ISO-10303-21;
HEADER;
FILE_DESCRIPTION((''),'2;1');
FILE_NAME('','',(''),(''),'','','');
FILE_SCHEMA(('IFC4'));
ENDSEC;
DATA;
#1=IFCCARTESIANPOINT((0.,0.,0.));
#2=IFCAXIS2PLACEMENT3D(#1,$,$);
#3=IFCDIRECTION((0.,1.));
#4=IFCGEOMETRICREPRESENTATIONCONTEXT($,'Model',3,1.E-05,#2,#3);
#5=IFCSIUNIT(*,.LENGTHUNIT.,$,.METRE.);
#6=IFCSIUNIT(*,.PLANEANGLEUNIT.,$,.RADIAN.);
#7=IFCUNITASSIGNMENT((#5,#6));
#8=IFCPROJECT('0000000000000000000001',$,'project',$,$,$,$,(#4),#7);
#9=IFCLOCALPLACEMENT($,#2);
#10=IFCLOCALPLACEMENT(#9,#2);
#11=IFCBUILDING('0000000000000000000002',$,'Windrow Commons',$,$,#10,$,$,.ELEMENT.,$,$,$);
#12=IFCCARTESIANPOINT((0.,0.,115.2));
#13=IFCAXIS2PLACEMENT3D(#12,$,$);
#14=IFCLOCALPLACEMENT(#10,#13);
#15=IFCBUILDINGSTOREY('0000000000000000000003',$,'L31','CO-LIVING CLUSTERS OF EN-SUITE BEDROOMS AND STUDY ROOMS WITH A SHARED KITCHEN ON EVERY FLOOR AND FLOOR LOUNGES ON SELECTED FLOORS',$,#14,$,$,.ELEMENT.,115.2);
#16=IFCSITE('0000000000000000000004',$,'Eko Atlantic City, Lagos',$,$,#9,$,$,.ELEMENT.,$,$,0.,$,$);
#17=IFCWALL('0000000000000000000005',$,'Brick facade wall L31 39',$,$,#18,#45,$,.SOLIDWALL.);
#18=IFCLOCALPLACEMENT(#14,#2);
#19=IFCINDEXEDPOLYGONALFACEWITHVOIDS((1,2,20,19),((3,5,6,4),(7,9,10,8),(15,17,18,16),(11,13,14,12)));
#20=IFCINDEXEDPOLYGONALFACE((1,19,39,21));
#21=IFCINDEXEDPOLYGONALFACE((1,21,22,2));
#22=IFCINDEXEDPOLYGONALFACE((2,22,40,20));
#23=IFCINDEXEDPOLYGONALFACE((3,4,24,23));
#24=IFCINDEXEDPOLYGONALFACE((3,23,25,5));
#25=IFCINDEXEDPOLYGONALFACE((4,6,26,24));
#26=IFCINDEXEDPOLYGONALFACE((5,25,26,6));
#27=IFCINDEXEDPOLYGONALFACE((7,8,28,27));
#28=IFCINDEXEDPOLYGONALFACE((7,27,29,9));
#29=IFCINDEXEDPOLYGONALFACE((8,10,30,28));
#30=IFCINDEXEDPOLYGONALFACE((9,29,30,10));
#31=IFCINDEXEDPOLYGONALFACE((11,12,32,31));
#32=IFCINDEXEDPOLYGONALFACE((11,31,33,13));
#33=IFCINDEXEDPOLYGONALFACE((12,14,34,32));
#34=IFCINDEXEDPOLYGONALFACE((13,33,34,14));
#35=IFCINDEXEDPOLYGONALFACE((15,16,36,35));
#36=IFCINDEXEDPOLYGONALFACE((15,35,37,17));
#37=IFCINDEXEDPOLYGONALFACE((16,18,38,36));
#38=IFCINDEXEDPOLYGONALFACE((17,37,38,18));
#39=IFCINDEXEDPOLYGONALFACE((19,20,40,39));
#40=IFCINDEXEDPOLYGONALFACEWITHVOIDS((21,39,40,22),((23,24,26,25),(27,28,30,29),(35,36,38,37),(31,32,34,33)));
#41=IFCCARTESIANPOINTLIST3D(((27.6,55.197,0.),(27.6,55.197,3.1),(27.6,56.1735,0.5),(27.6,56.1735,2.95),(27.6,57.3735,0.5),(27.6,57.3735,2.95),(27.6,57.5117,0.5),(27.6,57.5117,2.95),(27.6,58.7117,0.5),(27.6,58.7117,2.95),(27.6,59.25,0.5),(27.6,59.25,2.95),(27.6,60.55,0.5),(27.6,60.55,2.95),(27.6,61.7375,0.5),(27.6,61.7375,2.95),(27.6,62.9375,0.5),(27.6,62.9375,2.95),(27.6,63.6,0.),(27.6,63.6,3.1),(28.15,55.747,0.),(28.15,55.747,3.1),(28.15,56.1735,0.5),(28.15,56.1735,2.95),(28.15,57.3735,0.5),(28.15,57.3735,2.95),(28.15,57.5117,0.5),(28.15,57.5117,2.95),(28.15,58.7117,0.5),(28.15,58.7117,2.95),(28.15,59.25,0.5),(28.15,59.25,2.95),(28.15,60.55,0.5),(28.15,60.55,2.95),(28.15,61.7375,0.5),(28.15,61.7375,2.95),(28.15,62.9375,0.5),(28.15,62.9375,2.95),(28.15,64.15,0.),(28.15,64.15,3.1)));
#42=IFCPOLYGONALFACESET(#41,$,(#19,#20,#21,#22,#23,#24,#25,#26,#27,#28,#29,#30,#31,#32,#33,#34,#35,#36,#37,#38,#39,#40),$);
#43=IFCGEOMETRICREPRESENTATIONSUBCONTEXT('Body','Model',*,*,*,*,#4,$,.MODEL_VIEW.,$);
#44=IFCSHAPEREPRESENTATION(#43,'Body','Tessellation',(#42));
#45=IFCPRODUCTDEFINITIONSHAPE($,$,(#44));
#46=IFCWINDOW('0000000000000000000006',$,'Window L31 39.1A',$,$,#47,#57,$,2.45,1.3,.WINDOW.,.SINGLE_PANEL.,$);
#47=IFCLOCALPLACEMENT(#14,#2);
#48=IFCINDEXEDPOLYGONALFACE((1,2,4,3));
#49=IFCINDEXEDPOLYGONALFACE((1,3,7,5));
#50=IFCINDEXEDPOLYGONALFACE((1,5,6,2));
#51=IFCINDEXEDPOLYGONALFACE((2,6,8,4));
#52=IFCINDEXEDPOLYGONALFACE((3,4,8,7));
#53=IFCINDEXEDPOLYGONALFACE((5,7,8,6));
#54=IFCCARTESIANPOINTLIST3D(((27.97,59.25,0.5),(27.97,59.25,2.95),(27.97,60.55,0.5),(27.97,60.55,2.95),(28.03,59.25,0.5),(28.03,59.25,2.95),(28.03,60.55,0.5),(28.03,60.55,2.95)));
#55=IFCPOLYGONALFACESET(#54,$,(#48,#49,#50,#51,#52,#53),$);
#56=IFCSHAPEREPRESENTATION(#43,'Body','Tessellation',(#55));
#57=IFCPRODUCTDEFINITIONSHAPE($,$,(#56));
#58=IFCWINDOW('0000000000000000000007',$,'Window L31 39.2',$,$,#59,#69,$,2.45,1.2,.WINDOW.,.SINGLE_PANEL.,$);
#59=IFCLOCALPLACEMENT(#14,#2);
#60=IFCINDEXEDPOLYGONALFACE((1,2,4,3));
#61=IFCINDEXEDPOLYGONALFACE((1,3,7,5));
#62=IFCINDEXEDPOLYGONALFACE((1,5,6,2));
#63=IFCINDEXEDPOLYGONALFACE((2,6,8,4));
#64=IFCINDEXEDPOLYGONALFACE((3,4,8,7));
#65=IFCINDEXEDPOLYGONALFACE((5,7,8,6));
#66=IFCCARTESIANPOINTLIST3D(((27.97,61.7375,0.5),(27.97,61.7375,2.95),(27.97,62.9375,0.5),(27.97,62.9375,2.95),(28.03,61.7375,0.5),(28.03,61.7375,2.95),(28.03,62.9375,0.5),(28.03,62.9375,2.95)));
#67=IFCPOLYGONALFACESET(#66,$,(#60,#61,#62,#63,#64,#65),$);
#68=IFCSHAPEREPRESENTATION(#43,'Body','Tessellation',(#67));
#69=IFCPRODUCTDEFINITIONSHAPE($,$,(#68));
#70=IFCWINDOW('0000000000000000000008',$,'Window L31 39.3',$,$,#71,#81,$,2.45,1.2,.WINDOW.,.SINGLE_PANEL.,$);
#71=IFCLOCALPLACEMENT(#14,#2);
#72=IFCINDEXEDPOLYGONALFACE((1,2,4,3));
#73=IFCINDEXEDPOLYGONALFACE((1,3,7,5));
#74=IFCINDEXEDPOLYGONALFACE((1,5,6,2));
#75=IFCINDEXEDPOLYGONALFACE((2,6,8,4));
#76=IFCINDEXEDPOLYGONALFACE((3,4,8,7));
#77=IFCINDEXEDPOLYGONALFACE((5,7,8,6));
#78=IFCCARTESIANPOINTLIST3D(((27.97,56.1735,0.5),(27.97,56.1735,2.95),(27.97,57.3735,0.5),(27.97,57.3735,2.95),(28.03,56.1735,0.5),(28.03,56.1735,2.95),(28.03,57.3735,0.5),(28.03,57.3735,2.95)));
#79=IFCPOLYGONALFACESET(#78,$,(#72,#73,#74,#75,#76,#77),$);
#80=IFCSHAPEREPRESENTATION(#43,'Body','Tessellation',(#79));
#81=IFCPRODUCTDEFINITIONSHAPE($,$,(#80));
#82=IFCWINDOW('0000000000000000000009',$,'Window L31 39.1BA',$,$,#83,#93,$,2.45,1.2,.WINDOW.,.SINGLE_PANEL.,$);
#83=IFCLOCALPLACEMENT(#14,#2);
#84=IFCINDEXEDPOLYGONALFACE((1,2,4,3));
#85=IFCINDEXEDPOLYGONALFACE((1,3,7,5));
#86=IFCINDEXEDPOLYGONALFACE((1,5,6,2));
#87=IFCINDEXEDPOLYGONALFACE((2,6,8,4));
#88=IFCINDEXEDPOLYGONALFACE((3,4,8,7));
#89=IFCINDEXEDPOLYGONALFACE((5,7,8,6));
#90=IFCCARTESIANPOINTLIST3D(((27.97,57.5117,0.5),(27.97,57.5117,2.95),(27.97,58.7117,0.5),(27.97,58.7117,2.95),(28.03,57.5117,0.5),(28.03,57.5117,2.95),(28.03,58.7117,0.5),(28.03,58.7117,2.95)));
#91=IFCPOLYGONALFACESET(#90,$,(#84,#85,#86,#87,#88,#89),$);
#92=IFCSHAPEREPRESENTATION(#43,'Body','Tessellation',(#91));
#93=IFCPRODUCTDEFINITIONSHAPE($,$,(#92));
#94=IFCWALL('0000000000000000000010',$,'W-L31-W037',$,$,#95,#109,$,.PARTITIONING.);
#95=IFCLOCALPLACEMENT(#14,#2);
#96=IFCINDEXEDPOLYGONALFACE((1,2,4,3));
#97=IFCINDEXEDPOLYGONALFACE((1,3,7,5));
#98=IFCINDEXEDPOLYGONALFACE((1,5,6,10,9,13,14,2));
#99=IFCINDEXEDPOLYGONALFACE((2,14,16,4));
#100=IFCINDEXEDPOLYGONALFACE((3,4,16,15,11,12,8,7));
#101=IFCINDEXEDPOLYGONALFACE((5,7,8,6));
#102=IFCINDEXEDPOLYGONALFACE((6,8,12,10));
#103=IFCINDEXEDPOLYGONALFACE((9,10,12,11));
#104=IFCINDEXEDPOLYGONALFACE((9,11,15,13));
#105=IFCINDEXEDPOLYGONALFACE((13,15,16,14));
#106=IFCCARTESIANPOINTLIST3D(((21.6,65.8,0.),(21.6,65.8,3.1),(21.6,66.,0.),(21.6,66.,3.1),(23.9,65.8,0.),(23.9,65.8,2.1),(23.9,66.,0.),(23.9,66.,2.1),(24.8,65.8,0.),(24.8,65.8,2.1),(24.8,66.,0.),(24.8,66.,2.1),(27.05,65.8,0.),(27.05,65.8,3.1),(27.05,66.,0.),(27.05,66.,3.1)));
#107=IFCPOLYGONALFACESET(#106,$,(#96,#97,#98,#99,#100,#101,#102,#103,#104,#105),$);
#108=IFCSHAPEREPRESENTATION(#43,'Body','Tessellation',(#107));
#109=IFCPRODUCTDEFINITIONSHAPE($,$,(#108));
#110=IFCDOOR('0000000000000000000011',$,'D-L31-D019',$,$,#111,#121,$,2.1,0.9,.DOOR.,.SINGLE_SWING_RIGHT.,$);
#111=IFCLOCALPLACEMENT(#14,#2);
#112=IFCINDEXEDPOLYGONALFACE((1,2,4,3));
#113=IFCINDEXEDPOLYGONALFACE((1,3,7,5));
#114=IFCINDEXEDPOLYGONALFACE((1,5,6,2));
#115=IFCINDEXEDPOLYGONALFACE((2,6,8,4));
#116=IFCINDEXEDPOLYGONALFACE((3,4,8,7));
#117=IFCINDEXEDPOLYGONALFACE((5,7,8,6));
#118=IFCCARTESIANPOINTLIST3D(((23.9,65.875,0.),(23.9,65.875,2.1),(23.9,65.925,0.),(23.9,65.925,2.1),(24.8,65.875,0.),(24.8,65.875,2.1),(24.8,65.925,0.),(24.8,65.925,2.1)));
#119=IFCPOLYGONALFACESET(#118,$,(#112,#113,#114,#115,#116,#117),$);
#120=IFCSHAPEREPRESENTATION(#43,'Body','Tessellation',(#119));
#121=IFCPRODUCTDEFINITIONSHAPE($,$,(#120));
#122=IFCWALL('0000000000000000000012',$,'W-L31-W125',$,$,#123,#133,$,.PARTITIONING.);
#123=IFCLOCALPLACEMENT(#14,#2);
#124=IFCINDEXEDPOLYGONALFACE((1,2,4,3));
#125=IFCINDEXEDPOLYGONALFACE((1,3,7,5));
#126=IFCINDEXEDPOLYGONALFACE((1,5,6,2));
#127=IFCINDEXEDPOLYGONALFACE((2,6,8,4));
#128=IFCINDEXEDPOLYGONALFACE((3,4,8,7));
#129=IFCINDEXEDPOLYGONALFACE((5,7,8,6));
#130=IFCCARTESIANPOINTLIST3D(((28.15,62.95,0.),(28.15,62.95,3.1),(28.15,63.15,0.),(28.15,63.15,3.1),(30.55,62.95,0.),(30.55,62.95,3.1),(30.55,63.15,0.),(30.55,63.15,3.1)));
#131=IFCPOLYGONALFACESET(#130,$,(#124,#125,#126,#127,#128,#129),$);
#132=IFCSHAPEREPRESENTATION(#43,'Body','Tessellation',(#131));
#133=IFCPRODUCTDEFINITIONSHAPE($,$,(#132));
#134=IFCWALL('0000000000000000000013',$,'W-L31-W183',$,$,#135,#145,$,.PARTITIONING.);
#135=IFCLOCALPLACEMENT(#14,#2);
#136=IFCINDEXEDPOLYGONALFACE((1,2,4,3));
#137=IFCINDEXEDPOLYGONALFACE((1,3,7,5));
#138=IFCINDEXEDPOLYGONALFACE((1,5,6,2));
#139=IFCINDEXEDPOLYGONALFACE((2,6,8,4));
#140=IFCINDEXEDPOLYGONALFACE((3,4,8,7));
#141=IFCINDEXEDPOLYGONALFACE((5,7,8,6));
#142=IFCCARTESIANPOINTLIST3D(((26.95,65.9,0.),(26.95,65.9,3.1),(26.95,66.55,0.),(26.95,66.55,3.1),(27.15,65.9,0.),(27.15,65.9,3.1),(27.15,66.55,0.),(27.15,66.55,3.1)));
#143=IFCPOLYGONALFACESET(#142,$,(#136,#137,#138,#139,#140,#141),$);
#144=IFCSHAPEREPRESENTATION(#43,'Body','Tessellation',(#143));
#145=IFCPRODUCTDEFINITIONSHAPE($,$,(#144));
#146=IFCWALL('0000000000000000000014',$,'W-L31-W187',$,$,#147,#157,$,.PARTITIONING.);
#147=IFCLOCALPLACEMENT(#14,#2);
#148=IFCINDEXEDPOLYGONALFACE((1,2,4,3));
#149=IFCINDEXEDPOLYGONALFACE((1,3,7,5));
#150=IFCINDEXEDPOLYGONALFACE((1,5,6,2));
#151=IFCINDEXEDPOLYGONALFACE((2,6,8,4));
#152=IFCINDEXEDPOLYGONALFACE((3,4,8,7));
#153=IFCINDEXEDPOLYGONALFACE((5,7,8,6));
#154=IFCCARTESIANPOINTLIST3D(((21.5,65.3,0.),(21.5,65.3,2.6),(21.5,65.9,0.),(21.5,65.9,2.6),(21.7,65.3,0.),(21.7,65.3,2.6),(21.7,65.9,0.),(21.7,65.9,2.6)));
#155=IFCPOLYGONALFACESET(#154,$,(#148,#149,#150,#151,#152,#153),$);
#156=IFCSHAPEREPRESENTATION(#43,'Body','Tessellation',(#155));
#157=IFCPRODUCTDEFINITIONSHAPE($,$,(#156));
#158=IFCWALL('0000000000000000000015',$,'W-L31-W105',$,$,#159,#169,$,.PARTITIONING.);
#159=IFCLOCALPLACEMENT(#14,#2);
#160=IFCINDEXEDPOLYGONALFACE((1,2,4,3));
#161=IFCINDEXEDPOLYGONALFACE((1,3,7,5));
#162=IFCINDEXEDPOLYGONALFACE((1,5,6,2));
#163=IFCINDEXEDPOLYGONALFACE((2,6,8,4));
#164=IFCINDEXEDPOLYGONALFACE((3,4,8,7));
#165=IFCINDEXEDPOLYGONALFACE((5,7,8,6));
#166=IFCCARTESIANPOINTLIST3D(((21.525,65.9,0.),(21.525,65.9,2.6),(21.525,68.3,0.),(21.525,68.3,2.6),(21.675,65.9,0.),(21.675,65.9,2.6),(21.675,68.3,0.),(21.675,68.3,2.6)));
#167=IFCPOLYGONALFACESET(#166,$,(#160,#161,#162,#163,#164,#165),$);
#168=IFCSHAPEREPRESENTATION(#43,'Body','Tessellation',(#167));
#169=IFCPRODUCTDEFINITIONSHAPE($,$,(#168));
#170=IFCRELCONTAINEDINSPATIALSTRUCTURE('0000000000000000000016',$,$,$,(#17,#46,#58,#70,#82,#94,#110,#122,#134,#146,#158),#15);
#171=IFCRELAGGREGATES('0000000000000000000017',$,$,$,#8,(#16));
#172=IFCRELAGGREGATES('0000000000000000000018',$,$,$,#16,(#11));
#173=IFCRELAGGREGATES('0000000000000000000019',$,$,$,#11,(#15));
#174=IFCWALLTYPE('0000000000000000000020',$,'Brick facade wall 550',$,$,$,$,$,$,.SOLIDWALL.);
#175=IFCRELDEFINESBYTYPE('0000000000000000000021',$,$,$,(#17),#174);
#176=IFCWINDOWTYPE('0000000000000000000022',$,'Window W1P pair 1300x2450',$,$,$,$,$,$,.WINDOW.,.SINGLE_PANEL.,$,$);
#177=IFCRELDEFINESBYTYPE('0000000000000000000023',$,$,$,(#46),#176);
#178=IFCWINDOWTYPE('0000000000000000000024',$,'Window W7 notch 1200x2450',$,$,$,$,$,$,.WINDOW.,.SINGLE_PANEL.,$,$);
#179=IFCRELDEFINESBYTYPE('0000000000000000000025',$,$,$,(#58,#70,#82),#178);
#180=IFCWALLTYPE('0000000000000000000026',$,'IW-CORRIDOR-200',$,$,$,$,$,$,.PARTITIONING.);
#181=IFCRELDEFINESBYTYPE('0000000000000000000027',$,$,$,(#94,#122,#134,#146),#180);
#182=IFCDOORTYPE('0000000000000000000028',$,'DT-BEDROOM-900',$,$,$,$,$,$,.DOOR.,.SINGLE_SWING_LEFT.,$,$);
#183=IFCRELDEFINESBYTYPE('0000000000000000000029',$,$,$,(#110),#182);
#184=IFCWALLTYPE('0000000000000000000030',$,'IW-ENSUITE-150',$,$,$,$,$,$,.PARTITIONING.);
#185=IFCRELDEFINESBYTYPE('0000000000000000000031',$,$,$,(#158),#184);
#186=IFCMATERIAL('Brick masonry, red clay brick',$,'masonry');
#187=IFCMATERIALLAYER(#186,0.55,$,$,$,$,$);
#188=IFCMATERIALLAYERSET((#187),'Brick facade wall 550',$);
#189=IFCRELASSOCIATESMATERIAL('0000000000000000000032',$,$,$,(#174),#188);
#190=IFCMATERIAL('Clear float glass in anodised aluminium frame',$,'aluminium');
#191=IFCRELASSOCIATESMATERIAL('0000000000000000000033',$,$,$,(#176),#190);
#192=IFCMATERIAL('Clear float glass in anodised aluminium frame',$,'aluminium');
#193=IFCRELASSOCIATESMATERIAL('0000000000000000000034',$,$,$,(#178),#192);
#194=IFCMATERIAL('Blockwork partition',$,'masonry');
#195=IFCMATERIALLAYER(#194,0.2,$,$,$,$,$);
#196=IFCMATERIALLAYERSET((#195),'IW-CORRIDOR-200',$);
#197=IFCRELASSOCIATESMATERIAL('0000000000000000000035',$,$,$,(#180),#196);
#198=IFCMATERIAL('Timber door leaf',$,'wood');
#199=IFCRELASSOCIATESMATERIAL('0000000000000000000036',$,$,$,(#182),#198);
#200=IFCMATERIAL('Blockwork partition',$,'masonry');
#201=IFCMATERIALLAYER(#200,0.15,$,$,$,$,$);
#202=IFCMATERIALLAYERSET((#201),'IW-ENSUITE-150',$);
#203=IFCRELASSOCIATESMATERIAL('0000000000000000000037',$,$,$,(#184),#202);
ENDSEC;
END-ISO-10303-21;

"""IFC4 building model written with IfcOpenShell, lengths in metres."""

from ifc_helpers import new_model, si_unit, direction, frame, frame_2d, origin, place, context, subcontext, project, spatial, polyline, rectangle, outline, extrude, material, layer, layer_set, type_object, element, fill, save


model = new_model("IFC4")

# Units and contexts
model_context = context("Model", 3, precision=1e-05, world=origin(), true_north=direction((0.0, 1.0)))
body_context = subcontext(model_context, "Body", "Model", "MODEL_VIEW")
ifc_project = project(units=[si_unit("LENGTHUNIT", "METRE"), si_unit("PLANEANGLEUNIT", "RADIAN")], contexts=[model_context])

# Site, building, storey
site_placement = place(None, origin())
site = spatial("IfcSite", under=ifc_project, at=site_placement, Name="Eko Atlantic City, Lagos", CompositionType="ELEMENT", RefElevation=0.0)
building_placement = place(site_placement, origin())
building = spatial("IfcBuilding", under=site, at=building_placement, Name="Windrow Commons", CompositionType="ELEMENT")
storey_placement = place(building_placement, frame((0.0, 0.0, 115.2)))
storey = spatial("IfcBuildingStorey", under=building, at=storey_placement, Name="L31", Description="CO-LIVING CLUSTERS OF EN-SUITE BEDROOMS AND STUDY ROOMS WITH A SHARED KITCHEN ON EVERY FLOOR AND FLOOR LOUNGES ON SELECTED FLOORS", CompositionType="ELEMENT", Elevation=115.2)

# Wall, openings, windows
ifc_material_1 = material(Name="Brick masonry, red clay brick", Category="masonry")
ifc_layer_1 = layer(ifc_material_1, 0.55)
ifc_layer_set_1 = layer_set([ifc_layer_1], Name="Brick facade wall 550")
wall_type_1 = type_object("IfcWallType", Name="Brick facade wall 550", PredefinedType="SOLIDWALL", material=ifc_layer_set_1)
ifc_material_2 = material(Name="Clear float glass in anodised aluminium frame", Category="aluminium")
window_type_1 = type_object("IfcWindowType", Name="Window W1P pair 1300x2450", PartitioningType="SINGLE_PANEL", PredefinedType="WINDOW", material=ifc_material_2)
ifc_material_3 = material(Name="Clear float glass in anodised aluminium frame", Category="aluminium")
window_type_2 = type_object("IfcWindowType", Name="Window W7 notch 1200x2450", PartitioningType="SINGLE_PANEL", PredefinedType="WINDOW", material=ifc_material_3)
wall_1_placement = place(storey_placement, frame((27.875, 63.875, 0.0), z_axis=(0.0, 0.0, 1.0), x_axis=(0.0, -1.0, 0.0)))
wall_1 = element("IfcWall", 1, at=wall_1_placement, inside=storey, type_object=wall_type_1, Name="Brick facade wall L31 39", PredefinedType="SOLIDWALL", context=body_context, shape_type="SweptSolid", body=[
    extrude(outline(polyline([(0.275, -0.275), (8.678, -0.275), (8.128, 0.275), (-0.275, 0.275), (0.275, -0.275)])), origin(), (0.0, 0.0, 1.0), 3.1),
])
opening_1_placement = place(wall_1_placement, frame((3.325, 0.0, 0.5)))
opening_1 = element("IfcOpeningElement", 2, at=opening_1_placement, cuts=wall_1, PredefinedType="OPENING", context=body_context, shape_type="SweptSolid", body=[
    extrude(rectangle(XDim=1.3, YDim=2.45, at=frame_2d((0.65, 1.225))), frame((0.0, 0.285, 0.0), z_axis=(0.0, -1.0, 0.0), x_axis=(1.0, 0.0, 0.0)), (0.0, 0.0, 1.0), 0.57),
])
opening_2_placement = place(wall_1_placement, frame((0.9375, 0.0, 0.5)))
opening_2 = element("IfcOpeningElement", 3, at=opening_2_placement, cuts=wall_1, PredefinedType="OPENING", context=body_context, shape_type="SweptSolid", body=[
    extrude(rectangle(XDim=1.2, YDim=2.45, at=frame_2d((0.6, 1.225))), frame((0.0, 0.285, 0.0), z_axis=(0.0, -1.0, 0.0), x_axis=(1.0, 0.0, 0.0)), (0.0, 0.0, 1.0), 0.57),
])
opening_3_placement = place(wall_1_placement, frame((6.5015, 0.0, 0.5)))
opening_3 = element("IfcOpeningElement", 4, at=opening_3_placement, cuts=wall_1, PredefinedType="OPENING", context=body_context, shape_type="SweptSolid", body=[
    extrude(rectangle(XDim=1.2, YDim=2.45, at=frame_2d((0.6, 1.225))), frame((0.0, 0.285, 0.0), z_axis=(0.0, -1.0, 0.0), x_axis=(1.0, 0.0, 0.0)), (0.0, 0.0, 1.0), 0.57),
])
opening_4_placement = place(wall_1_placement, frame((5.1633, 0.0, 0.5)))
opening_4 = element("IfcOpeningElement", 5, at=opening_4_placement, cuts=wall_1, PredefinedType="OPENING", context=body_context, shape_type="SweptSolid", body=[
    extrude(rectangle(XDim=1.2, YDim=2.45, at=frame_2d((0.6, 1.225))), frame((0.0, 0.285, 0.0), z_axis=(0.0, -1.0, 0.0), x_axis=(1.0, 0.0, 0.0)), (0.0, 0.0, 1.0), 0.57),
])
window_1_placement = place(opening_1_placement, origin())
window_1 = element("IfcWindow", 6, at=window_1_placement, inside=storey, type_object=window_type_1, Name="Window L31 39.1A", OverallHeight=2.45, OverallWidth=1.3, PartitioningType="SINGLE_PANEL", PredefinedType="WINDOW", context=body_context, shape_type="SweptSolid", body=[
    extrude(rectangle(XDim=1.3, YDim=2.45, at=frame_2d((0.65, 1.225))), frame((0.0, 0.155, 0.0), z_axis=(0.0, -1.0, 0.0), x_axis=(1.0, 0.0, 0.0)), (0.0, 0.0, 1.0), 0.06),
])
fill(opening_1, window_1)
window_2_placement = place(opening_2_placement, origin())
window_2 = element("IfcWindow", 7, at=window_2_placement, inside=storey, type_object=window_type_2, Name="Window L31 39.2", OverallHeight=2.45, OverallWidth=1.2, PartitioningType="SINGLE_PANEL", PredefinedType="WINDOW", context=body_context, shape_type="SweptSolid", body=[
    extrude(rectangle(XDim=1.2, YDim=2.45, at=frame_2d((0.6, 1.225))), frame((0.0, 0.155, 0.0), z_axis=(0.0, -1.0, 0.0), x_axis=(1.0, 0.0, 0.0)), (0.0, 0.0, 1.0), 0.06),
])
fill(opening_2, window_2)
window_3_placement = place(opening_3_placement, origin())
window_3 = element("IfcWindow", 8, at=window_3_placement, inside=storey, type_object=window_type_2, Name="Window L31 39.3", OverallHeight=2.45, OverallWidth=1.2, PartitioningType="SINGLE_PANEL", PredefinedType="WINDOW", context=body_context, shape_type="SweptSolid", body=[
    extrude(rectangle(XDim=1.2, YDim=2.45, at=frame_2d((0.6, 1.225))), frame((0.0, 0.155, 0.0), z_axis=(0.0, -1.0, 0.0), x_axis=(1.0, 0.0, 0.0)), (0.0, 0.0, 1.0), 0.06),
])
fill(opening_3, window_3)
window_4_placement = place(opening_4_placement, origin())
window_4 = element("IfcWindow", 9, at=window_4_placement, inside=storey, type_object=window_type_2, Name="Window L31 39.1BA", OverallHeight=2.45, OverallWidth=1.2, PartitioningType="SINGLE_PANEL", PredefinedType="WINDOW", context=body_context, shape_type="SweptSolid", body=[
    extrude(rectangle(XDim=1.2, YDim=2.45, at=frame_2d((0.6, 1.225))), frame((0.0, 0.155, 0.0), z_axis=(0.0, -1.0, 0.0), x_axis=(1.0, 0.0, 0.0)), (0.0, 0.0, 1.0), 0.06),
])
fill(opening_4, window_4)

# Wall, opening, door
ifc_material_4 = material(Name="Blockwork partition", Category="masonry")
ifc_layer_2 = layer(ifc_material_4, 0.2)
ifc_layer_set_2 = layer_set([ifc_layer_2], Name="IW-CORRIDOR-200")
wall_type_2 = type_object("IfcWallType", Name="IW-CORRIDOR-200", PredefinedType="PARTITIONING", material=ifc_layer_set_2)
wall_2_placement = place(storey_placement, frame((21.6, 65.9, 0.0), z_axis=(0.0, 0.0, 1.0), x_axis=(1.0, 0.0, 0.0)))
wall_2 = element("IfcWall", 10, at=wall_2_placement, inside=storey, type_object=wall_type_2, Name="W-L31-W037", PredefinedType="PARTITIONING", context=body_context, shape_type="SweptSolid", body=[
    extrude(rectangle(XDim=5.45, YDim=0.2, at=frame_2d((2.725, 0.0))), origin(), (0.0, 0.0, 1.0), 3.1),
])
opening_5_placement = place(wall_2_placement, frame((2.3, 0.0, 0.0)))
opening_5 = element("IfcOpeningElement", 11, at=opening_5_placement, cuts=wall_2, PredefinedType="OPENING", context=body_context, shape_type="SweptSolid", body=[
    extrude(rectangle(XDim=0.9, YDim=2.1, at=frame_2d((0.45, 1.05))), frame((0.0, 0.11, 0.0), z_axis=(0.0, -1.0, 0.0), x_axis=(1.0, 0.0, 0.0)), (0.0, 0.0, 1.0), 0.22),
])
ifc_material_5 = material(Name="Timber door leaf", Category="wood")
door_type = type_object("IfcDoorType", Name="DT-BEDROOM-900", OperationType="SINGLE_SWING_LEFT", PredefinedType="DOOR", material=ifc_material_5)
door_placement = place(opening_5_placement, origin())
door = element("IfcDoor", 12, at=door_placement, inside=storey, type_object=door_type, Name="D-L31-D019", OperationType="SINGLE_SWING_RIGHT", OverallHeight=2.1, OverallWidth=0.9, PredefinedType="DOOR", context=body_context, shape_type="SweptSolid", body=[
    extrude(rectangle(XDim=0.9, YDim=2.1, at=frame_2d((0.45, 1.05))), frame((0.0, 0.025, 0.0), z_axis=(0.0, -1.0, 0.0), x_axis=(1.0, 0.0, 0.0)), (0.0, 0.0, 1.0), 0.05),
])
fill(opening_5, door)

# Walls
wall_3_placement = place(storey_placement, frame((28.15, 63.05, 0.0), z_axis=(0.0, 0.0, 1.0), x_axis=(1.0, 0.0, 0.0)))
element("IfcWall", 13, at=wall_3_placement, inside=storey, type_object=wall_type_2, Name="W-L31-W125", PredefinedType="PARTITIONING", context=body_context, shape_type="SweptSolid", body=[
    extrude(rectangle(XDim=2.4, YDim=0.2, at=frame_2d((1.2, 0.0))), origin(), (0.0, 0.0, 1.0), 3.1),
])
wall_4_placement = place(storey_placement, frame((27.05, 65.9, 0.0), z_axis=(0.0, 0.0, 1.0), x_axis=(0.0, 1.0, 0.0)))
element("IfcWall", 14, at=wall_4_placement, inside=storey, type_object=wall_type_2, Name="W-L31-W183", PredefinedType="PARTITIONING", context=body_context, shape_type="SweptSolid", body=[
    extrude(rectangle(XDim=0.65, YDim=0.2, at=frame_2d((0.325, 0.0))), origin(), (0.0, 0.0, 1.0), 3.1),
])
wall_5_placement = place(storey_placement, frame((21.6, 65.3, 0.0), z_axis=(0.0, 0.0, 1.0), x_axis=(0.0, 1.0, 0.0)))
element("IfcWall", 15, at=wall_5_placement, inside=storey, type_object=wall_type_2, Name="W-L31-W187", PredefinedType="PARTITIONING", context=body_context, shape_type="SweptSolid", body=[
    extrude(rectangle(XDim=0.6, YDim=0.2, at=frame_2d((0.3, 0.0))), origin(), (0.0, 0.0, 1.0), 2.6),
])
ifc_material_6 = material(Name="Blockwork partition", Category="masonry")
ifc_layer_3 = layer(ifc_material_6, 0.15)
ifc_layer_set_3 = layer_set([ifc_layer_3], Name="IW-ENSUITE-150")
wall_type_3 = type_object("IfcWallType", Name="IW-ENSUITE-150", PredefinedType="PARTITIONING", material=ifc_layer_set_3)
wall_6_placement = place(storey_placement, frame((21.6, 65.9, 0.0), z_axis=(0.0, 0.0, 1.0), x_axis=(0.0, 1.0, 0.0)))
element("IfcWall", 16, at=wall_6_placement, inside=storey, type_object=wall_type_3, Name="W-L31-W105", PredefinedType="PARTITIONING", context=body_context, shape_type="SweptSolid", body=[
    extrude(rectangle(XDim=2.4, YDim=0.15, at=frame_2d((1.2, 0.0))), origin(), (0.0, 0.0, 1.0), 2.6),
])

save(model, "model.ifc")
